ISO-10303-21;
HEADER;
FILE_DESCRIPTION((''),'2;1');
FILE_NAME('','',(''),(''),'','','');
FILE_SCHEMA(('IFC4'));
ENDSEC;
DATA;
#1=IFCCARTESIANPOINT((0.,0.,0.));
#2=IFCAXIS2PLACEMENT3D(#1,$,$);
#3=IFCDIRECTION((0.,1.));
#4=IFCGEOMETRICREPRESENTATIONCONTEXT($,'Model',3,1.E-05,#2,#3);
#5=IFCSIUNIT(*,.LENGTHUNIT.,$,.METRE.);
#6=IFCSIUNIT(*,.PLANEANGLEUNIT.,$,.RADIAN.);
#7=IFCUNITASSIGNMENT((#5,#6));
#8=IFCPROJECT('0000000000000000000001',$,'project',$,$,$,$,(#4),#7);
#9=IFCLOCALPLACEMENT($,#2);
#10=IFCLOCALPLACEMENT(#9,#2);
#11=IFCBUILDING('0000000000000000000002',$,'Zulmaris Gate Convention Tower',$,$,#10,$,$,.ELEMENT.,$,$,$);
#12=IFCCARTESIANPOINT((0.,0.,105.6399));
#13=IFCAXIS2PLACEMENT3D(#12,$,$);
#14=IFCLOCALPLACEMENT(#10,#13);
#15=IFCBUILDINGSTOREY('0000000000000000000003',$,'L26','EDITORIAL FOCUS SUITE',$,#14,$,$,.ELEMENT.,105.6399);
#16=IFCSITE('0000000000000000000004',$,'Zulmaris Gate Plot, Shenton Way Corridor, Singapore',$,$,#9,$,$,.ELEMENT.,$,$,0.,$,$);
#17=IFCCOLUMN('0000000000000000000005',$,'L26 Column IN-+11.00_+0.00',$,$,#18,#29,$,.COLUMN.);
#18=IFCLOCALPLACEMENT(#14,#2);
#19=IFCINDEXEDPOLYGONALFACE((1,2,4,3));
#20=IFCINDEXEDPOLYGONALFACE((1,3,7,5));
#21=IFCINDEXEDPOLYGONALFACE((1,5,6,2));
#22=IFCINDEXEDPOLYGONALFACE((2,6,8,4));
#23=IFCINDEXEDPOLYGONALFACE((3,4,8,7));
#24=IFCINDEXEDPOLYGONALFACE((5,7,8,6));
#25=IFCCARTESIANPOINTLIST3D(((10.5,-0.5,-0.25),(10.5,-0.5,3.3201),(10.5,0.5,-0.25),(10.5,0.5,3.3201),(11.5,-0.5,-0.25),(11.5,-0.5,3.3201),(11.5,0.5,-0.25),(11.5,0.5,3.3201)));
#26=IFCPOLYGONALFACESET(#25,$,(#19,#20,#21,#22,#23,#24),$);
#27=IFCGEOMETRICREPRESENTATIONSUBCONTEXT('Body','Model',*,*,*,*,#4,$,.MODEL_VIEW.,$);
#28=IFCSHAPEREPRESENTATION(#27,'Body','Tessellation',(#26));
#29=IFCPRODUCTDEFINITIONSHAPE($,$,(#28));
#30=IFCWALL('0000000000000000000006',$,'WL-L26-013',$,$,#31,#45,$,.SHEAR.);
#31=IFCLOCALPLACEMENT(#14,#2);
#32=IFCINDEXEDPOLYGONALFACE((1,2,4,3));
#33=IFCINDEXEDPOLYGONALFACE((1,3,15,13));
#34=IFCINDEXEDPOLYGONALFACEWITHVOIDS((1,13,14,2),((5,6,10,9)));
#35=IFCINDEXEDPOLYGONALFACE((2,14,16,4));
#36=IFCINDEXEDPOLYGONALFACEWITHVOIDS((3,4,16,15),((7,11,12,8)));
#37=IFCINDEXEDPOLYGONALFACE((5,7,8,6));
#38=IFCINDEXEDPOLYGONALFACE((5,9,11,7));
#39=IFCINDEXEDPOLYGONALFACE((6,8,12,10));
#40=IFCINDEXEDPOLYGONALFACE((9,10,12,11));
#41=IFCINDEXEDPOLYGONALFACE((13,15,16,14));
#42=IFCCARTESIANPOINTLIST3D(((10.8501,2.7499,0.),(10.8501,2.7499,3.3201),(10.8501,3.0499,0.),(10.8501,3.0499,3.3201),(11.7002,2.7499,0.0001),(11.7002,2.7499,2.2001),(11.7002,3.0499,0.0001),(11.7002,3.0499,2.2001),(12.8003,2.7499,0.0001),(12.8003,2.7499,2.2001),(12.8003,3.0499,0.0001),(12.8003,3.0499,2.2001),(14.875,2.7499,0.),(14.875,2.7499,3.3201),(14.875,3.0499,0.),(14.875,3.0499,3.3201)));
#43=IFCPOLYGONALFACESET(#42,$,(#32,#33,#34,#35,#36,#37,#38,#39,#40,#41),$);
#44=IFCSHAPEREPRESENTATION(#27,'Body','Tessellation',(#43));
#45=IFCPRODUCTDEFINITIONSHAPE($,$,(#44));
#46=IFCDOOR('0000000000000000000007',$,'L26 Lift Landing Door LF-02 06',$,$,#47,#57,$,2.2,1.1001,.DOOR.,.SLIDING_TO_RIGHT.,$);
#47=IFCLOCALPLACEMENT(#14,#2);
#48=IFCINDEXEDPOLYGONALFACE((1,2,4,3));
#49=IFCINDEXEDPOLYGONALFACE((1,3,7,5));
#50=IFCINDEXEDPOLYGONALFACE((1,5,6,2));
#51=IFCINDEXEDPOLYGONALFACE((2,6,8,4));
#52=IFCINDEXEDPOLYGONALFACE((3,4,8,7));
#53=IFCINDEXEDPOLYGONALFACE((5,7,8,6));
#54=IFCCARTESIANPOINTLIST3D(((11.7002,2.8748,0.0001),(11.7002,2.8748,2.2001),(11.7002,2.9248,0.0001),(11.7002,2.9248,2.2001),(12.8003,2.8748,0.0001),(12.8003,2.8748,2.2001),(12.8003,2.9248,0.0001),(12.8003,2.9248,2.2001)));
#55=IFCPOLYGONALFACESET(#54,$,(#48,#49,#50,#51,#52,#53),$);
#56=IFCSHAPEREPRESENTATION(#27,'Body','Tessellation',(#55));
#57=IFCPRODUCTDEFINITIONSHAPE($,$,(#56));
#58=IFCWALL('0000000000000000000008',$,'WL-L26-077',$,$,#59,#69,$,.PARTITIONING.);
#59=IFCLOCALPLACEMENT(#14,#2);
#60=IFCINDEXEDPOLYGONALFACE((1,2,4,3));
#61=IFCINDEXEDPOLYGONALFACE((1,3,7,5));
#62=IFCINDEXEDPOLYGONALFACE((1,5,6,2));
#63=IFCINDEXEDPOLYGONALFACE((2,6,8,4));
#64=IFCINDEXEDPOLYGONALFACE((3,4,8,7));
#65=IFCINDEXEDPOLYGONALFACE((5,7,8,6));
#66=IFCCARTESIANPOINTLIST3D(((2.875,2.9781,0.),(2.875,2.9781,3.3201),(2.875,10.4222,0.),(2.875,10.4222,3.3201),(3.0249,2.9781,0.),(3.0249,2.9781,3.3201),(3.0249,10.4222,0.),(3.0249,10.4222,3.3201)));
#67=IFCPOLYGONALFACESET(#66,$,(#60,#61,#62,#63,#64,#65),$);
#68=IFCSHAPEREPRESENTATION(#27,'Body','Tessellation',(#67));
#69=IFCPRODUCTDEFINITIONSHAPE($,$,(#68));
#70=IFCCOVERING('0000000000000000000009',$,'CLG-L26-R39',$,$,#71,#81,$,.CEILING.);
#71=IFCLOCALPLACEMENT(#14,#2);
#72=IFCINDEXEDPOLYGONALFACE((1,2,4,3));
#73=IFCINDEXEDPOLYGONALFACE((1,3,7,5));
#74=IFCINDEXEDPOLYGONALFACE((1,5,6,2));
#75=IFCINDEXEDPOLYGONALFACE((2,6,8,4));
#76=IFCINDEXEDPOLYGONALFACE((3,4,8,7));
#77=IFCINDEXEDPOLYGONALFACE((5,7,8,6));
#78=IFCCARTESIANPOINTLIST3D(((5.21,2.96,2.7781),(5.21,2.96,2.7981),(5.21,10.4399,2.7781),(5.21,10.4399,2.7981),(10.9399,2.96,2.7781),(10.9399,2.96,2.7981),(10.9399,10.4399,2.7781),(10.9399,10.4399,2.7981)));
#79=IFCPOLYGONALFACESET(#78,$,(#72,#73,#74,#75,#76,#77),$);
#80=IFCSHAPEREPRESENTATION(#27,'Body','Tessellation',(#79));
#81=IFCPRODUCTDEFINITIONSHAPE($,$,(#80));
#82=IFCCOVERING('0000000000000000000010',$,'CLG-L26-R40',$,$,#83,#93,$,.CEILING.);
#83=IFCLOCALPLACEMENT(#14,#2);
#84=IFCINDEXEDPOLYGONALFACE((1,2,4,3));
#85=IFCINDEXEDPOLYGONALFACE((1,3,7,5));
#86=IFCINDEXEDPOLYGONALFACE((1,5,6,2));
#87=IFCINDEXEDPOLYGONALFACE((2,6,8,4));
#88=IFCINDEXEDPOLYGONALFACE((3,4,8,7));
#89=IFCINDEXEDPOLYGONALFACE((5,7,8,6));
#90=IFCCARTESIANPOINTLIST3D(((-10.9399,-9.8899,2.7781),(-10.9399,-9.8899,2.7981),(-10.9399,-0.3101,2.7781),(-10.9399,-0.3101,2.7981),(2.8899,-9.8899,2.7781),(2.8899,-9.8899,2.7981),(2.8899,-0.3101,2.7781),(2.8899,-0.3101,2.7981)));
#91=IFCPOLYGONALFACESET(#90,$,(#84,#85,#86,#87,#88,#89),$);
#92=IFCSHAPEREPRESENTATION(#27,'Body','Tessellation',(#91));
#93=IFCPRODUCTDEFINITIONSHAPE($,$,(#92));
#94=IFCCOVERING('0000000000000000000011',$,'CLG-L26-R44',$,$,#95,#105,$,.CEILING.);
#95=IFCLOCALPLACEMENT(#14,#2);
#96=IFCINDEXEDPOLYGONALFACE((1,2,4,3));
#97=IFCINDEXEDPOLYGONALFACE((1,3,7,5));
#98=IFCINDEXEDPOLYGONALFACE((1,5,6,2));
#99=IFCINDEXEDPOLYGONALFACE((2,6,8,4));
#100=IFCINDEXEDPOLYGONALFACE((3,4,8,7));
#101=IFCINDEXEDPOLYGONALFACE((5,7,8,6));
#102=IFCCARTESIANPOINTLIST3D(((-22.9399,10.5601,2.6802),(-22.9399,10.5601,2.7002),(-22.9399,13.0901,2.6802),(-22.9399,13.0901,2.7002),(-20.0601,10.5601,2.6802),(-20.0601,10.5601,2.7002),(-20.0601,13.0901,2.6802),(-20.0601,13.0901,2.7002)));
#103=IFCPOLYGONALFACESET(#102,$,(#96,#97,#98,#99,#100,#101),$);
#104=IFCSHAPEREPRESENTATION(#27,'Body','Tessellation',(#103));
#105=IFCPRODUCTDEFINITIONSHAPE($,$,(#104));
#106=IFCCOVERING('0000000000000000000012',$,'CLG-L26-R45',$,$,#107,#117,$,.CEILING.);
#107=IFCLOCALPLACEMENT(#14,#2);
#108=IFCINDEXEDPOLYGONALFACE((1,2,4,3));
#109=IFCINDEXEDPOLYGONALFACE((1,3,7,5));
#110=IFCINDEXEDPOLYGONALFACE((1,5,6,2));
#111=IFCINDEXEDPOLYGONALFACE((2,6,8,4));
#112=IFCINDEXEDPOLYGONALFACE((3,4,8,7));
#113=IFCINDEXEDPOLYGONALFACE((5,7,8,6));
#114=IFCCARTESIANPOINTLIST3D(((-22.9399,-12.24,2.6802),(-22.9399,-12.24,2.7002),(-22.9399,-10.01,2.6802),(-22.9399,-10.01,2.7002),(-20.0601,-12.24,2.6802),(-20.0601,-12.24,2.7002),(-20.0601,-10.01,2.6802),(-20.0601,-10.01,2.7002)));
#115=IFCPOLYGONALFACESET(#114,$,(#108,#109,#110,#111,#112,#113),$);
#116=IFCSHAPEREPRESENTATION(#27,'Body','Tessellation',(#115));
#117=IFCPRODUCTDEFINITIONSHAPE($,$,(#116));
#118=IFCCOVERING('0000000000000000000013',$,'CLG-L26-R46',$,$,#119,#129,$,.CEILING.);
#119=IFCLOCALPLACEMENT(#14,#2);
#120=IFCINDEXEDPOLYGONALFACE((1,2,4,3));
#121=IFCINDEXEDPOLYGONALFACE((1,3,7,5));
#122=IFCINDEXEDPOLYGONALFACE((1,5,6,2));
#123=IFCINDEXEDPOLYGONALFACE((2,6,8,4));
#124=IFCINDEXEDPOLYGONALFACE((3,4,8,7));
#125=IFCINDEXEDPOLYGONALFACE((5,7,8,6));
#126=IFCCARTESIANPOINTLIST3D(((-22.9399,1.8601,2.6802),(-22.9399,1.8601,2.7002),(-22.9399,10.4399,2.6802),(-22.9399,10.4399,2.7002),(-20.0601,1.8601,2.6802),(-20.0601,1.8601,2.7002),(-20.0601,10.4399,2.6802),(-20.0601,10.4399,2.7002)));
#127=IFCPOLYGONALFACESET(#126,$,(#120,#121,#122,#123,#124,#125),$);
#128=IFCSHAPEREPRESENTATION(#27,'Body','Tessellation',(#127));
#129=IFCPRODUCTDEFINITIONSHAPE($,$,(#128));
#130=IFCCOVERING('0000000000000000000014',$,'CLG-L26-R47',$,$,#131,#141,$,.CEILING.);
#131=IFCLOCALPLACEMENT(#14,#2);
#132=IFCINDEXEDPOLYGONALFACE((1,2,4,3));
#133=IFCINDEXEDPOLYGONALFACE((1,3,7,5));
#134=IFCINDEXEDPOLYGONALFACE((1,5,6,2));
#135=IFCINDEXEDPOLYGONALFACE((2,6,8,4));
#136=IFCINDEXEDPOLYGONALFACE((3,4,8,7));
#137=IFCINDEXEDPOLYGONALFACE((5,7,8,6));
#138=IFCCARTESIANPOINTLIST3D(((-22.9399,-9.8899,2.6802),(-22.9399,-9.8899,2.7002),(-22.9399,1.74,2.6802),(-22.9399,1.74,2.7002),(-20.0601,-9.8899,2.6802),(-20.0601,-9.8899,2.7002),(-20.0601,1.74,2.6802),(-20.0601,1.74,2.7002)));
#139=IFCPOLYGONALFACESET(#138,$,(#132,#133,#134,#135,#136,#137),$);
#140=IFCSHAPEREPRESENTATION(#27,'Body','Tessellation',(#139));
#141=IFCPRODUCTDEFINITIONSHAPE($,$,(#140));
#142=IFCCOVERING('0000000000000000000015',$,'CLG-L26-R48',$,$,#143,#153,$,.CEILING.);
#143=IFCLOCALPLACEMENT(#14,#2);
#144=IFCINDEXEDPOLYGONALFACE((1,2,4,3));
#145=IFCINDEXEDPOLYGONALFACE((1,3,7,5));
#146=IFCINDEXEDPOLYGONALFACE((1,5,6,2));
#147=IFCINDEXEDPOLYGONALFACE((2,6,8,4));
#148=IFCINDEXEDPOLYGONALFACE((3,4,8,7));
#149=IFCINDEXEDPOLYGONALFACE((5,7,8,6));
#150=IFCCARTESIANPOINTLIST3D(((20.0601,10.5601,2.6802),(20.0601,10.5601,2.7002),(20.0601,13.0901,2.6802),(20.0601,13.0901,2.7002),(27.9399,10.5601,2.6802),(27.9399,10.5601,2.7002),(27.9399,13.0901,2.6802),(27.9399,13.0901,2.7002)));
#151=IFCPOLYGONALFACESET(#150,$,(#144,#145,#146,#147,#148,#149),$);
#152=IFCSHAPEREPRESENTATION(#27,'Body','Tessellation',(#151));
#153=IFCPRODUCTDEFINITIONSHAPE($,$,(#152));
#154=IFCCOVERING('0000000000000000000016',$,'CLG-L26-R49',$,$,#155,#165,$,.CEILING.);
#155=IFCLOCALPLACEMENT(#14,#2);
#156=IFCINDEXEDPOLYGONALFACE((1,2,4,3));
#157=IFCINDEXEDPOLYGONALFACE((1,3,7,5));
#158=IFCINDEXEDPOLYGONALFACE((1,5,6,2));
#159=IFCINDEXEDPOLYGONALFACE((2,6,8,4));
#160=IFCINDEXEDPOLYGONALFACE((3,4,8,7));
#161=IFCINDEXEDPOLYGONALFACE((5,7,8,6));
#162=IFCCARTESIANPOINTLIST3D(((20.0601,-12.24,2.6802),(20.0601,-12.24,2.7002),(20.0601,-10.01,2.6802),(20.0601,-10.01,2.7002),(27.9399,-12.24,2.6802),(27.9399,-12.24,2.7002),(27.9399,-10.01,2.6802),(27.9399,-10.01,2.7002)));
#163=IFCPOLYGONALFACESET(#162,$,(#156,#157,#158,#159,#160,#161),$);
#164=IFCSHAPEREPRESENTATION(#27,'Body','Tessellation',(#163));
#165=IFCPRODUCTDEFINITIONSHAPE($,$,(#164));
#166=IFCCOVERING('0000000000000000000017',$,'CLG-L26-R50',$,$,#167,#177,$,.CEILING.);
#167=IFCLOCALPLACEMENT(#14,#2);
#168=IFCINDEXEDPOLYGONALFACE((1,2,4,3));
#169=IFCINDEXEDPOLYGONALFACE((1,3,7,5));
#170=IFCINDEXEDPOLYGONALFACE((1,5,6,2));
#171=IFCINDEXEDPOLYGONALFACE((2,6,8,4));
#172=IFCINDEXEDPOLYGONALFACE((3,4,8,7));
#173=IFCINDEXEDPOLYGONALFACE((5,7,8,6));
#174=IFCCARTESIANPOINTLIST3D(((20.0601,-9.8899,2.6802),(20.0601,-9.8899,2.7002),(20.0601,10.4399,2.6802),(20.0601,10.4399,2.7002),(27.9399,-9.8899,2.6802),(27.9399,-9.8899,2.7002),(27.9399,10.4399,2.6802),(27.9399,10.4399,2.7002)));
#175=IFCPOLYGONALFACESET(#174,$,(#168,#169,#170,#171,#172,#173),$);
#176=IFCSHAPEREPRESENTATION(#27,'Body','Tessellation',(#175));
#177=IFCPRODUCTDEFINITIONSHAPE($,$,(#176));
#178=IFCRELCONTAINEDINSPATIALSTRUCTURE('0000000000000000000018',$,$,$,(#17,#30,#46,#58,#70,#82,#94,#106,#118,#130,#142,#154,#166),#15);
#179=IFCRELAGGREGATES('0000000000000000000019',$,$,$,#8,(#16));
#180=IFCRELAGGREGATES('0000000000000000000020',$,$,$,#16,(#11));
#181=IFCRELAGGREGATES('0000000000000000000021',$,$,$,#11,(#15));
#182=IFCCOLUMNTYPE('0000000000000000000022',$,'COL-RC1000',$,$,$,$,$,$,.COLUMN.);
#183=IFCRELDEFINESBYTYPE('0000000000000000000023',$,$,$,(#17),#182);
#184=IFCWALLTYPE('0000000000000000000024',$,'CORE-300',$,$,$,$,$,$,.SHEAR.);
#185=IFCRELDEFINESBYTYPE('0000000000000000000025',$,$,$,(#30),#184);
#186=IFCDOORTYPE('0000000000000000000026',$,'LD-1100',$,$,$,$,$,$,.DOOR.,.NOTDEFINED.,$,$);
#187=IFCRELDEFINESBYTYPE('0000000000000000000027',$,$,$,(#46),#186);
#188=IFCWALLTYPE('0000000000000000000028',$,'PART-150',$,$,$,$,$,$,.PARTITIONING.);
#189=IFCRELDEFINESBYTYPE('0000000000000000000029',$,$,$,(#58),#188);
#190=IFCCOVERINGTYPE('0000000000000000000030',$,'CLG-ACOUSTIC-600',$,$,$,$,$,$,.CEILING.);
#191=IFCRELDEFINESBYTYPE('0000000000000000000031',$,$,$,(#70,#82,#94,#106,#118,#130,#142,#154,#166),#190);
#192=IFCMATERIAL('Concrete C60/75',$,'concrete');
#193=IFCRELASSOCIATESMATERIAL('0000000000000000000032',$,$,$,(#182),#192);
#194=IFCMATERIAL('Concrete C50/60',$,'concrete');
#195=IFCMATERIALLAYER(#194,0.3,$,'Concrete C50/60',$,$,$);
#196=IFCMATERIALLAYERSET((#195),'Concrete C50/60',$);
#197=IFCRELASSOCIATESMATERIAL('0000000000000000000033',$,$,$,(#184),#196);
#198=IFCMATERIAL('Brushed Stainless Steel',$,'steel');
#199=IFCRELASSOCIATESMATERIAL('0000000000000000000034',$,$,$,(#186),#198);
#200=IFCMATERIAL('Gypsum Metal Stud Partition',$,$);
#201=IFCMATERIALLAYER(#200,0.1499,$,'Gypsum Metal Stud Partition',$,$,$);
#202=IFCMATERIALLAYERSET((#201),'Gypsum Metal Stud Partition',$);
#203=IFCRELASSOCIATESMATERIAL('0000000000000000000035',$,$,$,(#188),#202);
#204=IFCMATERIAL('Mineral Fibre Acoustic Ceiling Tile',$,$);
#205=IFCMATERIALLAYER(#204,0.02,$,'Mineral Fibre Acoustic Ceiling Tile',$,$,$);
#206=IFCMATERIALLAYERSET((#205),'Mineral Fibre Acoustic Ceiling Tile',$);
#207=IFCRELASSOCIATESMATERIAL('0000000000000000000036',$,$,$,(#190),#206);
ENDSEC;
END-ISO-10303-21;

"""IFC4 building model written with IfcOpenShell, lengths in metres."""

from ifc_helpers import new_model, si_unit, direction, frame, frame_2d, origin, origin_2d, place, context, subcontext, project, spatial, polyline, rectangle, outline, extrude, material, layer, layer_set, material_profile, profile_set, type_object, element, fill, save


model = new_model("IFC4")

# Units and contexts
model_context = context("Model", 3, precision=1e-05, world=origin(), true_north=direction((0.0, 1.0)))
body_context = subcontext(model_context, "Body", "Model", "MODEL_VIEW")
ifc_project = project(units=[si_unit("LENGTHUNIT", "METRE"), si_unit("PLANEANGLEUNIT", "RADIAN")], contexts=[model_context])

# Site, building, storey
site_placement = place(None, origin())
site = spatial("IfcSite", under=ifc_project, at=site_placement, Name="Zulmaris Gate Plot, Shenton Way Corridor, Singapore", CompositionType="ELEMENT", RefElevation=0.0)
building_placement = place(site_placement, origin())
building = spatial("IfcBuilding", under=site, at=building_placement, Name="Zulmaris Gate Convention Tower", CompositionType="ELEMENT")
storey_placement = place(building_placement, frame((0.0, 0.0, 105.6399)))
storey = spatial("IfcBuildingStorey", under=building, at=storey_placement, Name="L26", Description="EDITORIAL FOCUS SUITE", CompositionType="ELEMENT", Elevation=105.6399)

# Column
ifc_material_1 = material(Name="Concrete C60/75", Category="concrete")
ifc_material_profile = material_profile(ifc_material_1, rectangle(XDim=1.0, YDim=1.0, at=origin_2d()), Name="RC COL 1000x1000")
ifc_profile_set = profile_set([ifc_material_profile], Name="Concrete C60/75")
column_type = type_object("IfcColumnType", Name="COL-RC1000", PredefinedType="COLUMN", material=ifc_profile_set)
column_placement = place(storey_placement, frame((11.0, 0.0, -0.25), z_axis=(0.0, 0.0, 1.0), x_axis=(1.0, 0.0, 0.0)))
element("IfcColumn", 1, at=column_placement, inside=storey, type_object=column_type, Name="L26 Column IN-+11.00_+0.00", PredefinedType="COLUMN", context=body_context, shape_type="SweptSolid", body=[
    extrude(rectangle(XDim=1.0, YDim=1.0, at=origin_2d()), origin(), (0.0, 0.0, 1.0), 3.5701),
])

# Wall, opening, door
ifc_material_2 = material(Name="Concrete C50/60", Category="concrete")
ifc_layer_1 = layer(ifc_material_2, 0.3, Name="Concrete C50/60")
ifc_layer_set_1 = layer_set([ifc_layer_1], Name="Concrete C50/60")
wall_type_1 = type_object("IfcWallType", Name="CORE-300", PredefinedType="SHEAR", material=ifc_layer_set_1)
wall_1_placement = place(storey_placement, frame((10.8501, 2.8999, 0.0), z_axis=(0.0, 0.0, 1.0), x_axis=(1.0, 0.0, 0.0)))
wall_1 = element("IfcWall", 2, at=wall_1_placement, inside=storey, type_object=wall_type_1, Name="WL-L26-013", PredefinedType="SHEAR", context=body_context, shape_type="SweptSolid", body=[
    extrude(rectangle(XDim=4.0249, YDim=0.3, at=frame_2d((2.0125, 0.0))), origin(), (0.0, 0.0, 1.0), 3.3201),
])
opening_1_placement = place(wall_1_placement, frame((0.8501, 0.0, 0.0)))
opening_1 = element("IfcOpeningElement", 3, at=opening_1_placement, cuts=wall_1, PredefinedType="OPENING", context=body_context, shape_type="SweptSolid", body=[
    extrude(rectangle(XDim=1.1001, YDim=2.2, at=frame_2d((0.55, 1.1001))), frame((0.0, 0.1602, 0.0), z_axis=(0.0, -1.0, 0.0), x_axis=(1.0, 0.0, 0.0)), (0.0, 0.0, 1.0), 0.3201),
])
ifc_material_3 = material(Name="Brushed Stainless Steel", Category="steel")
door_type_1 = type_object("IfcDoorType", Name="LD-1100", OperationType="NOTDEFINED", PredefinedType="DOOR", material=ifc_material_3)
door_1_placement = place(opening_1_placement, origin())
door_1 = element("IfcDoor", 4, at=door_1_placement, inside=storey, type_object=door_type_1, Name="L26 Lift Landing Door LF-02 06", OperationType="SLIDING_TO_RIGHT", OverallHeight=2.2, OverallWidth=1.1001, PredefinedType="DOOR", context=body_context, shape_type="SweptSolid", body=[
    extrude(rectangle(XDim=1.1001, YDim=2.2, at=frame_2d((0.55, 1.1001))), frame((0.0, 0.0249, 0.0), z_axis=(0.0, -1.0, 0.0), x_axis=(1.0, 0.0, 0.0)), (0.0, 0.0, 1.0), 0.05),
])
fill(opening_1, door_1)

# Wall
ifc_material_4 = material(Name="Gypsum Metal Stud Partition")
ifc_layer_2 = layer(ifc_material_4, 0.1499, Name="Gypsum Metal Stud Partition")
ifc_layer_set_2 = layer_set([ifc_layer_2], Name="Gypsum Metal Stud Partition")
wall_type_2 = type_object("IfcWallType", Name="PART-150", PredefinedType="PARTITIONING", material=ifc_layer_set_2)
wall_2_placement = place(storey_placement, frame((2.95, 2.978, 0.0), z_axis=(0.0, 0.0, 1.0), x_axis=(0.0, 1.0, 0.0)))
element("IfcWall", 5, at=wall_2_placement, inside=storey, type_object=wall_type_2, Name="WL-L26-077", PredefinedType="PARTITIONING", context=body_context, shape_type="SweptSolid", body=[
    extrude(rectangle(XDim=7.4441, YDim=0.1499, at=frame_2d((3.7222, 0.0))), origin(), (0.0, 0.0, 1.0), 3.3201),
])

# Coverings
ifc_material_5 = material(Name="Mineral Fibre Acoustic Ceiling Tile")
ifc_layer_3 = layer(ifc_material_5, 0.02, Name="Mineral Fibre Acoustic Ceiling Tile")
ifc_layer_set_3 = layer_set([ifc_layer_3], Name="Mineral Fibre Acoustic Ceiling Tile")
covering_type_1 = type_object("IfcCoveringType", Name="CLG-ACOUSTIC-600", PredefinedType="CEILING", material=ifc_layer_set_3)
covering_1_placement = place(storey_placement, frame((0.0, 0.0, 2.7781)))
element("IfcCovering", 6, at=covering_1_placement, inside=storey, type_object=covering_type_1, Name="CLG-L26-R39", PredefinedType="CEILING", context=body_context, shape_type="SweptSolid", body=[
    extrude(outline(polyline([(5.21, 2.96), (10.9399, 2.96), (10.9399, 10.4399), (5.21, 10.4399), (5.21, 2.96)])), origin(), (0.0, 0.0, 1.0), 0.02),
])
covering_2_placement = place(storey_placement, frame((0.0, 0.0, 2.7781)))
element("IfcCovering", 7, at=covering_2_placement, inside=storey, type_object=covering_type_1, Name="CLG-L26-R40", PredefinedType="CEILING", context=body_context, shape_type="SweptSolid", body=[
    extrude(outline(polyline([(-10.9399, -9.8899), (2.8899, -9.8899), (2.8899, -0.3101), (-10.9399, -0.3101), (-10.9399, -9.8899)])), origin(), (0.0, 0.0, 1.0), 0.02),
])
covering_3_placement = place(storey_placement, frame((0.0, 0.0, 2.6802)))
element("IfcCovering", 8, at=covering_3_placement, inside=storey, type_object=covering_type_1, Name="CLG-L26-R44", PredefinedType="CEILING", context=body_context, shape_type="SweptSolid", body=[
    extrude(outline(polyline([(-22.9399, 10.5601), (-20.0601, 10.5601), (-20.0601, 13.0901), (-22.9399, 13.0901), (-22.9399, 10.5601)])), origin(), (0.0, 0.0, 1.0), 0.02),
])
covering_4_placement = place(storey_placement, frame((0.0, 0.0, 2.6802)))
element("IfcCovering", 9, at=covering_4_placement, inside=storey, type_object=covering_type_1, Name="CLG-L26-R45", PredefinedType="CEILING", context=body_context, shape_type="SweptSolid", body=[
    extrude(outline(polyline([(-22.9399, -12.24), (-20.0601, -12.24), (-20.0601, -10.01), (-22.9399, -10.01), (-22.9399, -12.24)])), origin(), (0.0, 0.0, 1.0), 0.02),
])
covering_5_placement = place(storey_placement, frame((0.0, 0.0, 2.6802)))
element("IfcCovering", 10, at=covering_5_placement, inside=storey, type_object=covering_type_1, Name="CLG-L26-R46", PredefinedType="CEILING", context=body_context, shape_type="SweptSolid", body=[
    extrude(outline(polyline([(-22.9399, 1.8601), (-20.0601, 1.8601), (-20.0601, 10.4399), (-22.9399, 10.4399), (-22.9399, 1.8601)])), origin(), (0.0, 0.0, 1.0), 0.02),
])
covering_6_placement = place(storey_placement, frame((0.0, 0.0, 2.6802)))
element("IfcCovering", 11, at=covering_6_placement, inside=storey, type_object=covering_type_1, Name="CLG-L26-R47", PredefinedType="CEILING", context=body_context, shape_type="SweptSolid", body=[
    extrude(outline(polyline([(-22.9399, -9.8899), (-20.0601, -9.8899), (-20.0601, 1.74), (-22.9399, 1.74), (-22.9399, -9.8899)])), origin(), (0.0, 0.0, 1.0), 0.02),
])
covering_7_placement = place(storey_placement, frame((0.0, 0.0, 2.6802)))
element("IfcCovering", 12, at=covering_7_placement, inside=storey, type_object=covering_type_1, Name="CLG-L26-R48", PredefinedType="CEILING", context=body_context, shape_type="SweptSolid", body=[
    extrude(outline(polyline([(20.0601, 10.5601), (27.9399, 10.5601), (27.9399, 13.0901), (20.0601, 13.0901), (20.0601, 10.5601)])), origin(), (0.0, 0.0, 1.0), 0.02),
])
covering_8_placement = place(storey_placement, frame((0.0, 0.0, 2.6802)))
element("IfcCovering", 13, at=covering_8_placement, inside=storey, type_object=covering_type_1, Name="CLG-L26-R49", PredefinedType="CEILING", context=body_context, shape_type="SweptSolid", body=[
    extrude(outline(polyline([(20.0601, -12.24), (27.9399, -12.24), (27.9399, -10.01), (20.0601, -10.01), (20.0601, -12.24)])), origin(), (0.0, 0.0, 1.0), 0.02),
])
covering_9_placement = place(storey_placement, frame((0.0, 0.0, 2.6802)))
element("IfcCovering", 14, at=covering_9_placement, inside=storey, type_object=covering_type_1, Name="CLG-L26-R50", PredefinedType="CEILING", context=body_context, shape_type="SweptSolid", body=[
    extrude(outline(polyline([(20.0601, -9.8899), (27.9399, -9.8899), (27.9399, 10.4399), (20.0601, 10.4399), (20.0601, -9.8899)])), origin(), (0.0, 0.0, 1.0), 0.02),
])

save(model, "model.ifc")
